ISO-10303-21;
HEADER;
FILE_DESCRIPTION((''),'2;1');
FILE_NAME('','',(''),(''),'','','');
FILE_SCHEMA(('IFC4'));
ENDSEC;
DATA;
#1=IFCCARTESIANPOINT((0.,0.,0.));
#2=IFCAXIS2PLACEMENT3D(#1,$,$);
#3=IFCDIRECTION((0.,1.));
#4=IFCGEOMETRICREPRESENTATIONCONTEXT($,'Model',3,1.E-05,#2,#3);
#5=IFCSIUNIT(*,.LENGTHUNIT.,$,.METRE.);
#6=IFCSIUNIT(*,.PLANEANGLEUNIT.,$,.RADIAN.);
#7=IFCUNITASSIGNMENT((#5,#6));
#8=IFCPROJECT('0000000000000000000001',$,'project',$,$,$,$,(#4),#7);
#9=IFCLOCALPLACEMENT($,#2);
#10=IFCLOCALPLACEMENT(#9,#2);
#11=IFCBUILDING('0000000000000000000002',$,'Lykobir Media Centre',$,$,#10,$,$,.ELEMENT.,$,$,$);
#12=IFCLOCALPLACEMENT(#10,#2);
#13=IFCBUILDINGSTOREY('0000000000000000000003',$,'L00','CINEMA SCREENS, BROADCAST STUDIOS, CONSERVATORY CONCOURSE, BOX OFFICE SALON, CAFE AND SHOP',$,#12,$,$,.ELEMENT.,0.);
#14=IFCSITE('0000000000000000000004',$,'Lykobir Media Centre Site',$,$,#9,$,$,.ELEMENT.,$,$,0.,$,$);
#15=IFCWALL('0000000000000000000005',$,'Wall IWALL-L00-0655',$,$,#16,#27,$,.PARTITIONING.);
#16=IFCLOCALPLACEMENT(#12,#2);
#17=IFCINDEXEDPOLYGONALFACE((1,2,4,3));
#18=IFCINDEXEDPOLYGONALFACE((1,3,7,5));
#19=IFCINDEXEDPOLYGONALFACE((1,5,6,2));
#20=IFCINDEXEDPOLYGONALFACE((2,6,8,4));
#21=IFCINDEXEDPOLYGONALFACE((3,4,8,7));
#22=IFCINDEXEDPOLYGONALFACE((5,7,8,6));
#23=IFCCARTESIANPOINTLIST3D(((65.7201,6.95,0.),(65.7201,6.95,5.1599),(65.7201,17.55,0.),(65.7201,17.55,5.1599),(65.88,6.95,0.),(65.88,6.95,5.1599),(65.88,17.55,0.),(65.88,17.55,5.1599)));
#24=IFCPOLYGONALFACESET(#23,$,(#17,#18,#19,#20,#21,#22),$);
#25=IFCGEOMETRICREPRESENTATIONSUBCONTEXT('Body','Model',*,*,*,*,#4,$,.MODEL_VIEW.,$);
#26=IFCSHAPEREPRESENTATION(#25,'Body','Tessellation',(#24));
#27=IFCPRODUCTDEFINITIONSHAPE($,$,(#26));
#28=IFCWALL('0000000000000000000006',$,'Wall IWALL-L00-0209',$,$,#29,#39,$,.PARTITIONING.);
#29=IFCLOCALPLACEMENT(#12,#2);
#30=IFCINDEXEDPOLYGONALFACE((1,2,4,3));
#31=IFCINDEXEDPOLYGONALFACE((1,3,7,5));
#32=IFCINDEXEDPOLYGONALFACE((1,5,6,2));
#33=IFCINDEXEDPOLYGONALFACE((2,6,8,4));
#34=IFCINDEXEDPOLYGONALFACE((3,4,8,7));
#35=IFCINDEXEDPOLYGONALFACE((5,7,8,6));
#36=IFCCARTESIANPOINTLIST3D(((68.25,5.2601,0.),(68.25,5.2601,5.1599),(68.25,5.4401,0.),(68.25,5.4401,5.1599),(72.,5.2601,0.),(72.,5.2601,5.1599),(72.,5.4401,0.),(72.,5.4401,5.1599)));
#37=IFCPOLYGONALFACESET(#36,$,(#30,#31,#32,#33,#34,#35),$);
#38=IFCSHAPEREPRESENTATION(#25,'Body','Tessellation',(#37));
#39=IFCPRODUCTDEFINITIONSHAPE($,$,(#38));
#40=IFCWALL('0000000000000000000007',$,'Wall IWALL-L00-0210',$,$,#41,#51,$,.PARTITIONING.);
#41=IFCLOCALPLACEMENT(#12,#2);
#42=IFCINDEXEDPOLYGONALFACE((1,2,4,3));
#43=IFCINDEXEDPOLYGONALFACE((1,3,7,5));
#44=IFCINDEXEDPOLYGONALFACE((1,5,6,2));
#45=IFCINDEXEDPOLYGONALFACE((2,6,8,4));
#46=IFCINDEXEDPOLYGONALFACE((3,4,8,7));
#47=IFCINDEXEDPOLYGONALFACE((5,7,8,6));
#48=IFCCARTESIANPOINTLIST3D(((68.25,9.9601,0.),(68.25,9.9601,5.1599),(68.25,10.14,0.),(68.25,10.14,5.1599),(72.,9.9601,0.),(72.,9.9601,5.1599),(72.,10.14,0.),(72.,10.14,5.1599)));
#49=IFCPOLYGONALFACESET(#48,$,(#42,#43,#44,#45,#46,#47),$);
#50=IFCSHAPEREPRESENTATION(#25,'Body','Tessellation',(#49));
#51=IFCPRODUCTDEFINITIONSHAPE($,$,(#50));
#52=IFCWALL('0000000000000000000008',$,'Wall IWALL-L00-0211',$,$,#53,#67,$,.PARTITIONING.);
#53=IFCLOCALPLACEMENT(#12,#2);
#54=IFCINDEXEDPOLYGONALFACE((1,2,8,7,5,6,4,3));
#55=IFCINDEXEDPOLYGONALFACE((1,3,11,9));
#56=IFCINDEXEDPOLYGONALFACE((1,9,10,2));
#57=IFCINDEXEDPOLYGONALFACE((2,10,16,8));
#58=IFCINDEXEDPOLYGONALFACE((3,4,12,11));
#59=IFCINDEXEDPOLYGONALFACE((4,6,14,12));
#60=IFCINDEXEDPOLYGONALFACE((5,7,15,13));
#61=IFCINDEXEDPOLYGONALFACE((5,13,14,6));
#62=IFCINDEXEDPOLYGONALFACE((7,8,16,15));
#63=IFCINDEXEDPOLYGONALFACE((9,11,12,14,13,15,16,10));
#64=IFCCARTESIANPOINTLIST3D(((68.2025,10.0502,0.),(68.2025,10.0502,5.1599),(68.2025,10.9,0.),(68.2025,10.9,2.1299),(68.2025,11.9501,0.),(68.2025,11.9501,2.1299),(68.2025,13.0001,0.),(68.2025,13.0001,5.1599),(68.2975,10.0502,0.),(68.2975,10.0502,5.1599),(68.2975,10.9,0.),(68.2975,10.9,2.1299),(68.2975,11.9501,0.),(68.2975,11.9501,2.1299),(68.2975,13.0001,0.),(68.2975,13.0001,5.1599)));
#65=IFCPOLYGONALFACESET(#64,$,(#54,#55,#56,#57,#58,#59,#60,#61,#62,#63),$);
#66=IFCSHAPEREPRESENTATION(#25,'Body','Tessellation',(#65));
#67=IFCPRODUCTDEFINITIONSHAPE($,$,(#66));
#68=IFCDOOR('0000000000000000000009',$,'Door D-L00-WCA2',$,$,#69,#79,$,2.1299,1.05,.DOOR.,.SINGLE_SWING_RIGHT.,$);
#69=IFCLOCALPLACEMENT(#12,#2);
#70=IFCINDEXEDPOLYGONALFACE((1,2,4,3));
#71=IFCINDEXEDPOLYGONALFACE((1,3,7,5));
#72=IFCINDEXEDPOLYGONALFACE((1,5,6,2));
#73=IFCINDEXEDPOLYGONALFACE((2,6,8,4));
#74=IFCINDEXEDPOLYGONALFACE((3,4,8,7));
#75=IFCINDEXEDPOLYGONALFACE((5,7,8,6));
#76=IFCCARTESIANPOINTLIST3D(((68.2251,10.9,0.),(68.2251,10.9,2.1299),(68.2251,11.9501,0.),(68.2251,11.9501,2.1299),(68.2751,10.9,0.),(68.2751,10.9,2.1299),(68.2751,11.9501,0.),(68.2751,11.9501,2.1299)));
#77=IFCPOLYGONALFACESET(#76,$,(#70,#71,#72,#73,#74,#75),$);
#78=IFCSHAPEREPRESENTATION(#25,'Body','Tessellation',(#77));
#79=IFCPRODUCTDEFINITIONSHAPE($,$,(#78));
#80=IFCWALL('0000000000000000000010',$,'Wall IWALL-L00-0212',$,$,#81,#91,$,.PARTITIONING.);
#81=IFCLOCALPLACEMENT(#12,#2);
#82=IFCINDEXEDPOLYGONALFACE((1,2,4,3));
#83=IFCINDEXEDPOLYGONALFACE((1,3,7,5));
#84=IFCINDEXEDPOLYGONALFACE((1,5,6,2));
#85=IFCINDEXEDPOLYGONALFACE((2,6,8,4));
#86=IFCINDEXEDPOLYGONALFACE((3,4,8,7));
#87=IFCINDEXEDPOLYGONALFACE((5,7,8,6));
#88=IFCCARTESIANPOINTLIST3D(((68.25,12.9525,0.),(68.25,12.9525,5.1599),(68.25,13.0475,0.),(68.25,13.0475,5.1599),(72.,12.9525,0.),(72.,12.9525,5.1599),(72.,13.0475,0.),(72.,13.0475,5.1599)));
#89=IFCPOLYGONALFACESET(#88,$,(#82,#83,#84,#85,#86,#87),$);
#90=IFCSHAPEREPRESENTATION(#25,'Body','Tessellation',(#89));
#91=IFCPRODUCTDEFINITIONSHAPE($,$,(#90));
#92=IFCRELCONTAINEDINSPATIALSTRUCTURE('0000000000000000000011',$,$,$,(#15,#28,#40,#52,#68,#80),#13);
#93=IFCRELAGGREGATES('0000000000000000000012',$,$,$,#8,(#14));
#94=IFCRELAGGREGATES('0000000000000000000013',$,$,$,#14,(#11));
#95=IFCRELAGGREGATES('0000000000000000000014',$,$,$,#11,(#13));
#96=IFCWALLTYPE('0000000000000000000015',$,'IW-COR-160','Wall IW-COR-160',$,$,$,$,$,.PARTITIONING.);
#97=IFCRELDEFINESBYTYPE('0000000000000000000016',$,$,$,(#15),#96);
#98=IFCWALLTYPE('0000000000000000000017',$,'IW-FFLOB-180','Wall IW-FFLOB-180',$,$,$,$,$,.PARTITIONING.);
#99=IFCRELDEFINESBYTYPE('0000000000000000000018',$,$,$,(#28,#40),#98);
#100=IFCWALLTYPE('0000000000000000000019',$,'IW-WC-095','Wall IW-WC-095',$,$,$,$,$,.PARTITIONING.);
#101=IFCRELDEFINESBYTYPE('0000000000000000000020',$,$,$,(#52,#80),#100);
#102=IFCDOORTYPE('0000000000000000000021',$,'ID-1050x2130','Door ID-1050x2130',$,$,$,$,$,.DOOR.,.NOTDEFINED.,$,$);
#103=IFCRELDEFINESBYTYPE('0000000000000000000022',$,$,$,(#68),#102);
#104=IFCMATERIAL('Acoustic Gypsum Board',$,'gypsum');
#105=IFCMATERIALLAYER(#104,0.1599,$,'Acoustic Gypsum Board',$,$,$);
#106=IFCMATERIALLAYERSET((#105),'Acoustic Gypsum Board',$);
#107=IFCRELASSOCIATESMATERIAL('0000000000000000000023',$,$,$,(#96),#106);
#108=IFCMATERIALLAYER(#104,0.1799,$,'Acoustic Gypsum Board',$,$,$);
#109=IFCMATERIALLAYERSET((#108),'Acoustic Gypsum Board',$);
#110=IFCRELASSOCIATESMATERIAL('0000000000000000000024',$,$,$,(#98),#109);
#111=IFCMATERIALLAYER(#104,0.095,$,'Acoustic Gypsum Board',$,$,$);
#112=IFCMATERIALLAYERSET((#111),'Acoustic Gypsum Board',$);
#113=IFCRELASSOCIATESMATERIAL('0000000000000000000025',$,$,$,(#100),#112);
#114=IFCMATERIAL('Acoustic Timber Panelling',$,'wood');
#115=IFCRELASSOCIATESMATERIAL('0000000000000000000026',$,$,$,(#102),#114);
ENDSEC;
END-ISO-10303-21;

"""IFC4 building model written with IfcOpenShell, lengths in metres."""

from ifc_helpers import new_model, si_unit, direction, frame, frame_2d, origin, place, context, subcontext, project, spatial, rectangle, extrude, material, layer, layer_set, type_object, element, fill, save


model = new_model("IFC4")

# Units and contexts
model_context = context("Model", 3, precision=1e-05, world=origin(), true_north=direction((0.0, 1.0)))
body_context = subcontext(model_context, "Body", "Model", "MODEL_VIEW")
ifc_project = project(units=[si_unit("LENGTHUNIT", "METRE"), si_unit("PLANEANGLEUNIT", "RADIAN")], contexts=[model_context])

# Site, building, storey
site_placement = place(None, origin())
site = spatial("IfcSite", under=ifc_project, at=site_placement, Name="Lykobir Media Centre Site", CompositionType="ELEMENT", RefElevation=0.0)
building_placement = place(site_placement, origin())
building = spatial("IfcBuilding", under=site, at=building_placement, Name="Lykobir Media Centre", CompositionType="ELEMENT")
storey_placement = place(building_placement, origin())
storey = spatial("IfcBuildingStorey", under=building, at=storey_placement, Name="L00", Description="CINEMA SCREENS, BROADCAST STUDIOS, CONSERVATORY CONCOURSE, BOX OFFICE SALON, CAFE AND SHOP", CompositionType="ELEMENT", Elevation=0.0)

# Walls
ifc_material_1 = material(Name="Acoustic Gypsum Board", Category="gypsum")
ifc_layer_1 = layer(ifc_material_1, 0.1599, Name="Acoustic Gypsum Board")
ifc_layer_set_1 = layer_set([ifc_layer_1], Name="Acoustic Gypsum Board")
wall_type_1 = type_object("IfcWallType", Name="IW-COR-160", Description="Wall IW-COR-160", PredefinedType="PARTITIONING", material=ifc_layer_set_1)
wall_1_placement = place(storey_placement, frame((65.8, 6.95, 0.0), z_axis=(0.0, 0.0, 1.0), x_axis=(0.0, 1.0, 0.0)))
element("IfcWall", 1, at=wall_1_placement, inside=storey, type_object=wall_type_1, Name="Wall IWALL-L00-0655", PredefinedType="PARTITIONING", context=body_context, shape_type="SweptSolid", body=[
    extrude(rectangle(XDim=10.6001, YDim=0.1599, at=frame_2d((5.3, 0.0))), origin(), (0.0, 0.0, 1.0), 5.1599),
])
ifc_layer_2 = layer(ifc_material_1, 0.1799, Name="Acoustic Gypsum Board")
ifc_layer_set_2 = layer_set([ifc_layer_2], Name="Acoustic Gypsum Board")
wall_type_2 = type_object("IfcWallType", Name="IW-FFLOB-180", Description="Wall IW-FFLOB-180", PredefinedType="PARTITIONING", material=ifc_layer_set_2)
for number, where, z_axis, x_axis, name in (
    (2, (68.25, 5.3501, 0.0), (0.0, 0.0, 1.0), (1.0, 0.0, 0.0), "Wall IWALL-L00-0209"),
    (3, (68.25, 10.05, 0.0), (0.0, 0.0, 1.0), (1.0, 0.0, 0.0), "Wall IWALL-L00-0210"),
):
    element("IfcWall", number, at=place(storey_placement, frame(where, z_axis=z_axis, x_axis=x_axis)), inside=storey, type_object=wall_type_2, Name=name, PredefinedType="PARTITIONING", context=body_context, shape_type="SweptSolid", body=[
        extrude(rectangle(XDim=3.75, YDim=0.1799, at=frame_2d((1.875, 0.0))), origin(), (0.0, 0.0, 1.0), 5.1599),
    ])

# Wall, opening, door
ifc_layer_3 = layer(ifc_material_1, 0.095, Name="Acoustic Gypsum Board")
ifc_layer_set_3 = layer_set([ifc_layer_3], Name="Acoustic Gypsum Board")
wall_type_3 = type_object("IfcWallType", Name="IW-WC-095", Description="Wall IW-WC-095", PredefinedType="PARTITIONING", material=ifc_layer_set_3)
wall_2_placement = place(storey_placement, frame((68.25, 10.05, 0.0), z_axis=(0.0, 0.0, 1.0), x_axis=(0.0, 1.0, 0.0)))
wall_2 = element("IfcWall", 4, at=wall_2_placement, inside=storey, type_object=wall_type_3, Name="Wall IWALL-L00-0211", PredefinedType="PARTITIONING", context=body_context, shape_type="SweptSolid", body=[
    extrude(rectangle(XDim=2.95, YDim=0.095, at=frame_2d((1.4751, 0.0))), origin(), (0.0, 0.0, 1.0), 5.1599),
])
opening_placement = place(wall_2_placement, frame((0.8501, 0.0, 0.0)))
opening = element("IfcOpeningElement", 5, at=opening_placement, cuts=wall_2, PredefinedType="OPENING", context=body_context, shape_type="SweptSolid", body=[
    extrude(rectangle(XDim=1.05, YDim=2.1299, at=frame_2d((0.5249, 1.0649))), frame((0.0, 0.0574, 0.0), z_axis=(0.0, -1.0, 0.0), x_axis=(1.0, 0.0, 0.0)), (0.0, 0.0, 1.0), 0.115),
])
ifc_material_2 = material(Name="Acoustic Timber Panelling", Category="wood")
door_type = type_object("IfcDoorType", Name="ID-1050x2130", Description="Door ID-1050x2130", OperationType="NOTDEFINED", PredefinedType="DOOR", material=ifc_material_2)
door_placement = place(opening_placement, origin())
door = element("IfcDoor", 6, at=door_placement, inside=storey, type_object=door_type, Name="Door D-L00-WCA2", OperationType="SINGLE_SWING_RIGHT", OverallHeight=2.1299, OverallWidth=1.05, PredefinedType="DOOR", context=body_context, shape_type="SweptSolid", body=[
    extrude(rectangle(XDim=1.05, YDim=2.1299, at=frame_2d((0.5249, 1.0649))), frame((0.0, 0.0249, 0.0), z_axis=(0.0, -1.0, 0.0), x_axis=(1.0, 0.0, 0.0)), (0.0, 0.0, 1.0), 0.05),
])
fill(opening, door)

# Wall
wall_3_placement = place(storey_placement, frame((68.25, 13.0, 0.0), z_axis=(0.0, 0.0, 1.0), x_axis=(1.0, 0.0, 0.0)))
element("IfcWall", 7, at=wall_3_placement, inside=storey, type_object=wall_type_3, Name="Wall IWALL-L00-0212", PredefinedType="PARTITIONING", context=body_context, shape_type="SweptSolid", body=[
    extrude(rectangle(XDim=3.75, YDim=0.095, at=frame_2d((1.875, 0.0))), origin(), (0.0, 0.0, 1.0), 5.1599),
])

save(model, "model.ifc")
